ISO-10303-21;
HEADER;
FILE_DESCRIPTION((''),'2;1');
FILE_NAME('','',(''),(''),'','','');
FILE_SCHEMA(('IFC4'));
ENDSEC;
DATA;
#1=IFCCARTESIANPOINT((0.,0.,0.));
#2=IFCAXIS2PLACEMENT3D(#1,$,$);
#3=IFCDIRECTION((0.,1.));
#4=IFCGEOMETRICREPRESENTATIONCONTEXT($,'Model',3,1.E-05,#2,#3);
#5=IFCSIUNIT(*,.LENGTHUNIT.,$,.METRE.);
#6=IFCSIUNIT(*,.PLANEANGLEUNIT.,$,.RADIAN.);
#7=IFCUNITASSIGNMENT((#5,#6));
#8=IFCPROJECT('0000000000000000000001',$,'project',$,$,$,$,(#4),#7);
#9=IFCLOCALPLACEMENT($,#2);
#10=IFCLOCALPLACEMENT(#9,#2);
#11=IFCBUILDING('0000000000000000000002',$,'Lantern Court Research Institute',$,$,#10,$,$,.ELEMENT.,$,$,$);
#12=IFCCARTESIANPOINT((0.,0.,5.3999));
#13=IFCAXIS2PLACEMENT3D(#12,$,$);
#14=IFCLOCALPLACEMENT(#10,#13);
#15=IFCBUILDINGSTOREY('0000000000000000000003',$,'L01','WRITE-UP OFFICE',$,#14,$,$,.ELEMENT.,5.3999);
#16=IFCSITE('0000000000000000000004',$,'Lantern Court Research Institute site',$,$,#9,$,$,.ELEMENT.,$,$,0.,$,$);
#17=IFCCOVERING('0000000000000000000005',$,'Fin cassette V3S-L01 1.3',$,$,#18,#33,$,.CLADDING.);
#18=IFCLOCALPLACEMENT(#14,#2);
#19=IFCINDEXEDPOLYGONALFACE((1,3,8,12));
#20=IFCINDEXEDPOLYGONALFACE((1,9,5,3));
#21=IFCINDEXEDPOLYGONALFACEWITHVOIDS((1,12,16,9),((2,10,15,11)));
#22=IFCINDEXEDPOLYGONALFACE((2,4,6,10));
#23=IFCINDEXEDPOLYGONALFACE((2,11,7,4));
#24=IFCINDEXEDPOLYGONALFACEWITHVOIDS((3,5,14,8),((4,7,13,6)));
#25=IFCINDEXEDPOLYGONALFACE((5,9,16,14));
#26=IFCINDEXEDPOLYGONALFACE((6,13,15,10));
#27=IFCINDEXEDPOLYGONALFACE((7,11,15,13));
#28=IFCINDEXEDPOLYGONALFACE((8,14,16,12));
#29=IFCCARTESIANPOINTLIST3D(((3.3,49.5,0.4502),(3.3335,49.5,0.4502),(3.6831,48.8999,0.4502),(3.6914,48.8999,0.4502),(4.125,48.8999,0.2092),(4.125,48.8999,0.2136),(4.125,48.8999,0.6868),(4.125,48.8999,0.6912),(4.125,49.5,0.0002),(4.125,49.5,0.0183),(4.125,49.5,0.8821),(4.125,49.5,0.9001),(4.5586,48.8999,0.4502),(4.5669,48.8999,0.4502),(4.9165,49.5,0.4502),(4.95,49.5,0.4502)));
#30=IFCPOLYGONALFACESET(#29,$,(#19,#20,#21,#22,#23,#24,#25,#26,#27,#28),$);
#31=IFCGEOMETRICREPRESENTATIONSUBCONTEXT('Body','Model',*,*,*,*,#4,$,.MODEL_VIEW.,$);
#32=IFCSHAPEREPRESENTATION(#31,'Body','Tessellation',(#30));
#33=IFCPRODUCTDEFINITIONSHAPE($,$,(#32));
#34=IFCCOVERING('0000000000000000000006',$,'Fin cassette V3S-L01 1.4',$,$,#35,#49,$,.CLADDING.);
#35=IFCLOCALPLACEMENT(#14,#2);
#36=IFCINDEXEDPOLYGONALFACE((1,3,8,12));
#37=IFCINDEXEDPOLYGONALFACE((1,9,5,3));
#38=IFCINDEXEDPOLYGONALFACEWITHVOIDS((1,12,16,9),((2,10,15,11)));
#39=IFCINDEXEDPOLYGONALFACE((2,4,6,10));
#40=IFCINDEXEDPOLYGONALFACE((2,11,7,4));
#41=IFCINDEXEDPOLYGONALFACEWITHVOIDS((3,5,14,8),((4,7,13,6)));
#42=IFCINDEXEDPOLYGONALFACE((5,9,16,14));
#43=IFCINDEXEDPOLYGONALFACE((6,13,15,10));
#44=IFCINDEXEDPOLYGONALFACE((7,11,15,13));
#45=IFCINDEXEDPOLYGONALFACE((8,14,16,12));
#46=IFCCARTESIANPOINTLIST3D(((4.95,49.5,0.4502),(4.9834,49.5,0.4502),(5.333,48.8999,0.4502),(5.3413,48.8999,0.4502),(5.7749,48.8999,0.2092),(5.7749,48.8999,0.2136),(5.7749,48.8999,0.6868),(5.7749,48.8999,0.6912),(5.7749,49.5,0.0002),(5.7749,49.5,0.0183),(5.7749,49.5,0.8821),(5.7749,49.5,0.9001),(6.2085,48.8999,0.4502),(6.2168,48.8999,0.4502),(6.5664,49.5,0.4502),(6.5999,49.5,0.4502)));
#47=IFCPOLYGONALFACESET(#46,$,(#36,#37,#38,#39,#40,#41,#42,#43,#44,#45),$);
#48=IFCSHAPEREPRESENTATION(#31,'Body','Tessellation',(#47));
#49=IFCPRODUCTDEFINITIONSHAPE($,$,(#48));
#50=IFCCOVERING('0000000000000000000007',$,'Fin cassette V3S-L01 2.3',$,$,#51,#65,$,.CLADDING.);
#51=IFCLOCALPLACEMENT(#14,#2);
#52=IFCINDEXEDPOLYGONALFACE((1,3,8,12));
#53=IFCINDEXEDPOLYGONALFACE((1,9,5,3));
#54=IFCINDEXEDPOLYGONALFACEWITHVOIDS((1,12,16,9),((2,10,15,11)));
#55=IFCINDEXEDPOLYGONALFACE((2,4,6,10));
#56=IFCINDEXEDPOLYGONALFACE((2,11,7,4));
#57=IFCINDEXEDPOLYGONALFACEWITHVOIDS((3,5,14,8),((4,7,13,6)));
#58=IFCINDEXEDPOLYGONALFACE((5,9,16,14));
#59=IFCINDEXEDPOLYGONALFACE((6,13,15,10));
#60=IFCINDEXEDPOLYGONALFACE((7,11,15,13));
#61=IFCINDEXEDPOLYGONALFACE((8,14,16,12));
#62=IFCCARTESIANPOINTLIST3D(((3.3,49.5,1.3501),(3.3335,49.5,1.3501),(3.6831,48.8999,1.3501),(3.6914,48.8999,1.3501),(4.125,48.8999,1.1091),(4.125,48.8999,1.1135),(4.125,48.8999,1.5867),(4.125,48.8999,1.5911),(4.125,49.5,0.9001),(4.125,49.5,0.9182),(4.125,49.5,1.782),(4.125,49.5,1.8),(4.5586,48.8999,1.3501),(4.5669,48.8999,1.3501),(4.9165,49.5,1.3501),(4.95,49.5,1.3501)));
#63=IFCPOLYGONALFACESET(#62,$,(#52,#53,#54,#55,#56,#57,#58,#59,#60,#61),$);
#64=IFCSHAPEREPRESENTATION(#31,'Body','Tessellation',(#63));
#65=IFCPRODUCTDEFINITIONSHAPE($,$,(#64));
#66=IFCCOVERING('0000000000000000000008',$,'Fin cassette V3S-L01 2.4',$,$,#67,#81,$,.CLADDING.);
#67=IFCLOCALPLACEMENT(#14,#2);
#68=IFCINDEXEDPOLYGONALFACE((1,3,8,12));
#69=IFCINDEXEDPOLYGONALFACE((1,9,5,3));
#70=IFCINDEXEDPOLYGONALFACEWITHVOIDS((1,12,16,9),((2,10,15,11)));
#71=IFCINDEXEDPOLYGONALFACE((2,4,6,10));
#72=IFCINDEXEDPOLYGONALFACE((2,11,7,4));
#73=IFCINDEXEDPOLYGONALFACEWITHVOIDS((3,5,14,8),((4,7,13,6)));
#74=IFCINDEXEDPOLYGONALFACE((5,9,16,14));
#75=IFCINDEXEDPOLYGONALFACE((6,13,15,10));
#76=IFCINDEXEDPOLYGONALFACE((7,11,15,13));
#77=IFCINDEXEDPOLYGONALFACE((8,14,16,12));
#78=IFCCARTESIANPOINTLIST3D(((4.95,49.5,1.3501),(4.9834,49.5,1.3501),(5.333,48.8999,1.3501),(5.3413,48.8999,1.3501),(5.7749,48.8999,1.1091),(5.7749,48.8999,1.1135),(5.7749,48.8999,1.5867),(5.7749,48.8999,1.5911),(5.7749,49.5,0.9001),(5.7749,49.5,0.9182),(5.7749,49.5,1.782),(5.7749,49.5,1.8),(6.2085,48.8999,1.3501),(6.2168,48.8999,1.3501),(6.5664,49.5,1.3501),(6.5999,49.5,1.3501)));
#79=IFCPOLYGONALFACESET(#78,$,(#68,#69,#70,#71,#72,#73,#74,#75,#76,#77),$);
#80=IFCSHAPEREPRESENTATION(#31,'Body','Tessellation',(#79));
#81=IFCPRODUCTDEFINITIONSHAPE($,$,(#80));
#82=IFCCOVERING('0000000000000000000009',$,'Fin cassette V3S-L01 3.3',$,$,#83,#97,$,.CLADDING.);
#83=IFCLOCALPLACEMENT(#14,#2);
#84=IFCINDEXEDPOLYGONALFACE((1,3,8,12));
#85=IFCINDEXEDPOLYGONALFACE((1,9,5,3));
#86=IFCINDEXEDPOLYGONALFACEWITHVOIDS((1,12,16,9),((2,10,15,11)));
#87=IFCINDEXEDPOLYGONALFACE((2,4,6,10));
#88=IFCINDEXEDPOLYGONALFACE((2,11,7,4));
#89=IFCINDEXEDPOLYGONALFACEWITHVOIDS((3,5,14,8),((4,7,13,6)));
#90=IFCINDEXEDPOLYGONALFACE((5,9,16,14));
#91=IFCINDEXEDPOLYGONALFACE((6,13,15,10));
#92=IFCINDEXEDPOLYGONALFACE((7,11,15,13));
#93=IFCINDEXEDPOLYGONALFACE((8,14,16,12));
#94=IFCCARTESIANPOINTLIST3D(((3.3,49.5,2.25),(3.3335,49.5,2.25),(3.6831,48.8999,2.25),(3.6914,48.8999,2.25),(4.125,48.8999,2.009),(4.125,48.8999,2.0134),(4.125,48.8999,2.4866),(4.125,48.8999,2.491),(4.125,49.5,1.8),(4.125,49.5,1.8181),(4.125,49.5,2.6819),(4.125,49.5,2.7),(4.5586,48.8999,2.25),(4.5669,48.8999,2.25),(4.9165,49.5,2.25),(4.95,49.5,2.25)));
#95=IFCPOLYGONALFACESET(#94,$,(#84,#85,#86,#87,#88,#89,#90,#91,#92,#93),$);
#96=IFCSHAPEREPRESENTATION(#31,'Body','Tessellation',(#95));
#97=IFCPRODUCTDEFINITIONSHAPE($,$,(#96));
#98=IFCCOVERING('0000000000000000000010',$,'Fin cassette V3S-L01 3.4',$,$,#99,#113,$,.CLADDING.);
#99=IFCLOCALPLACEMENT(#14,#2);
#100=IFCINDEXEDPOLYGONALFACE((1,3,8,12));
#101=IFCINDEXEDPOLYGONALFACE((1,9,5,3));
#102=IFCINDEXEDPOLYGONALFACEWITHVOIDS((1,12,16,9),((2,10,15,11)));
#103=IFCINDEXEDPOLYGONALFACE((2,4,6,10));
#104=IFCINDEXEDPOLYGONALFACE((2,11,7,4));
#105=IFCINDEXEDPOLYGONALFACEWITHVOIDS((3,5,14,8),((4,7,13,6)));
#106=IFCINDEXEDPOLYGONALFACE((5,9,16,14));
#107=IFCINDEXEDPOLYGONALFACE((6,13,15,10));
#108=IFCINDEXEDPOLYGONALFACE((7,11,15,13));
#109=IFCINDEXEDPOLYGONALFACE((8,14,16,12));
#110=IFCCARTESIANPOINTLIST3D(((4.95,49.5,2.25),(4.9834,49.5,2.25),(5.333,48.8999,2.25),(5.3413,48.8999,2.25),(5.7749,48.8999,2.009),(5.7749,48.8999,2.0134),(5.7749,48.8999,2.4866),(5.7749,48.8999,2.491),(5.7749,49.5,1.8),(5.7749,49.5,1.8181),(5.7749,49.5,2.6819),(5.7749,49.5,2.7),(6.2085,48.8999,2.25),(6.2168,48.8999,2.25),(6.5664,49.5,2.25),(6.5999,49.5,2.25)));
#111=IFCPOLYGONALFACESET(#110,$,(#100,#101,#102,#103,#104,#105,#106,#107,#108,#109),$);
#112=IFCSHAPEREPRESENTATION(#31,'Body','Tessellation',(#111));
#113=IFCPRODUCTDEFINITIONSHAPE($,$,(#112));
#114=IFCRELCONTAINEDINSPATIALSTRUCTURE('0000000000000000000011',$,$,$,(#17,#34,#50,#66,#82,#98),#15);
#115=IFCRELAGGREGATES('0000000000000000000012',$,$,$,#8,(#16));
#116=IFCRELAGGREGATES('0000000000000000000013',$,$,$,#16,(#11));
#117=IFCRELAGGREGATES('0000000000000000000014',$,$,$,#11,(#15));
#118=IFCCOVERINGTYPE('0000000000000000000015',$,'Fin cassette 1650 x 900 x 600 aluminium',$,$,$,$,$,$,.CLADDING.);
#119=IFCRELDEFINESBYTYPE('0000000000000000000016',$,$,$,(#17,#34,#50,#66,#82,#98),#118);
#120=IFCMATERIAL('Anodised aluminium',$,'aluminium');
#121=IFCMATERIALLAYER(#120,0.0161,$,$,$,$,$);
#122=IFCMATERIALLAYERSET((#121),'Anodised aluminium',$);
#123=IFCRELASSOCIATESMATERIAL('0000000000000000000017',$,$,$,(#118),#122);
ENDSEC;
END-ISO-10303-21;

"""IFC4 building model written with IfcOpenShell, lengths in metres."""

from ifc_helpers import new_model, entity, si_unit, direction, frame, origin, place, context, subcontext, project, spatial, material, layer, layer_set, type_object, element, save


model = new_model("IFC4")

# Units and contexts
model_context = context("Model", 3, precision=1e-05, world=origin(), true_north=direction((0.0, 1.0)))
body_context = subcontext(model_context, "Body", "Model", "MODEL_VIEW")
ifc_project = project(units=[si_unit("LENGTHUNIT", "METRE"), si_unit("PLANEANGLEUNIT", "RADIAN")], contexts=[model_context])

# Site, building, storey
site_placement = place(None, origin())
site = spatial("IfcSite", under=ifc_project, at=site_placement, Name="Lantern Court Research Institute site", CompositionType="ELEMENT", RefElevation=0.0)
building_placement = place(site_placement, origin())
building = spatial("IfcBuilding", under=site, at=building_placement, Name="Lantern Court Research Institute", CompositionType="ELEMENT")
storey_placement = place(building_placement, frame((0.0, 0.0, 5.3999)))
storey = spatial("IfcBuildingStorey", under=building, at=storey_placement, Name="L01", Description="WRITE-UP OFFICE", CompositionType="ELEMENT", Elevation=5.3999)

# Coverings
ifc_material_1 = material(Name="Anodised aluminium", Category="aluminium")
ifc_layer_1 = layer(ifc_material_1, 0.0161)
ifc_layer_set_1 = layer_set([ifc_layer_1], Name="Anodised aluminium")
covering_type = type_object("IfcCoveringType", Name="Fin cassette 1650 x 900 x 600 aluminium", PredefinedType="CLADDING", material=ifc_layer_set_1)
covering_1_placement = place(storey_placement, frame((4.125, 49.5, 0.4502), z_axis=(0.0, -1.0, 0.0), x_axis=(1.0, 0.0, 0.0)))
cartesian_point_1 = entity("IfcCartesianPoint", [0.825, 0.0])
cartesian_point_2 = entity("IfcCartesianPoint", [0.7915, 0.0])
cartesian_point_3 = entity("IfcCartesianPoint", [0.4419, 0.0])
cartesian_point_4 = entity("IfcCartesianPoint", [0.4336, 0.0])
element("IfcCovering", 1, at=covering_1_placement, inside=storey, type_object=covering_type, Name="Fin cassette V3S-L01 1.3", PredefinedType="CLADDING", context=body_context, shape_type="SweptSolid", body=[
    entity("IfcExtrudedAreaSolidTapered", entity("IfcArbitraryProfileDefWithVoids", "AREA", None, entity("IfcPolyline", [cartesian_point_1, entity("IfcCartesianPoint", [0.0, 0.45]), entity("IfcCartesianPoint", [-0.825, 0.0]), entity("IfcCartesianPoint", [0.0, -0.45]), cartesian_point_1]), [entity("IfcPolyline", [cartesian_point_2, entity("IfcCartesianPoint", [0.0, 0.4319]), entity("IfcCartesianPoint", [-0.7915, 0.0]), entity("IfcCartesianPoint", [0.0, -0.4319]), cartesian_point_2])]), entity("IfcAxis2Placement3D", entity("IfcCartesianPoint", [0.0, 0.0, 0.0])), entity("IfcDirection", [0.0, 0.0, 1.0]), 0.6001, entity("IfcArbitraryProfileDefWithVoids", "AREA", None, entity("IfcPolyline", [cartesian_point_3, entity("IfcCartesianPoint", [0.0, 0.241]), entity("IfcCartesianPoint", [-0.4419, 0.0]), entity("IfcCartesianPoint", [0.0, -0.241]), cartesian_point_3]), [entity("IfcPolyline", [cartesian_point_4, entity("IfcCartesianPoint", [0.0, 0.2366]), entity("IfcCartesianPoint", [-0.4336, 0.0]), entity("IfcCartesianPoint", [0.0, -0.2366]), cartesian_point_4])])),
])
covering_2_placement = place(storey_placement, frame((5.7749, 49.5, 0.4502), z_axis=(0.0, -1.0, 0.0), x_axis=(1.0, 0.0, 0.0)))
cartesian_point_5 = entity("IfcCartesianPoint", [0.825, 0.0])
cartesian_point_6 = entity("IfcCartesianPoint", [0.7915, 0.0])
cartesian_point_7 = entity("IfcCartesianPoint", [0.4419, 0.0])
cartesian_point_8 = entity("IfcCartesianPoint", [0.4336, 0.0])
element("IfcCovering", 2, at=covering_2_placement, inside=storey, type_object=covering_type, Name="Fin cassette V3S-L01 1.4", PredefinedType="CLADDING", context=body_context, shape_type="SweptSolid", body=[
    entity("IfcExtrudedAreaSolidTapered", entity("IfcArbitraryProfileDefWithVoids", "AREA", None, entity("IfcPolyline", [cartesian_point_5, entity("IfcCartesianPoint", [0.0, 0.45]), entity("IfcCartesianPoint", [-0.825, 0.0]), entity("IfcCartesianPoint", [0.0, -0.45]), cartesian_point_5]), [entity("IfcPolyline", [cartesian_point_6, entity("IfcCartesianPoint", [0.0, 0.4319]), entity("IfcCartesianPoint", [-0.7915, 0.0]), entity("IfcCartesianPoint", [0.0, -0.4319]), cartesian_point_6])]), entity("IfcAxis2Placement3D", entity("IfcCartesianPoint", [0.0, 0.0, 0.0])), entity("IfcDirection", [0.0, 0.0, 1.0]), 0.6001, entity("IfcArbitraryProfileDefWithVoids", "AREA", None, entity("IfcPolyline", [cartesian_point_7, entity("IfcCartesianPoint", [0.0, 0.241]), entity("IfcCartesianPoint", [-0.4419, 0.0]), entity("IfcCartesianPoint", [0.0, -0.241]), cartesian_point_7]), [entity("IfcPolyline", [cartesian_point_8, entity("IfcCartesianPoint", [0.0, 0.2366]), entity("IfcCartesianPoint", [-0.4336, 0.0]), entity("IfcCartesianPoint", [0.0, -0.2366]), cartesian_point_8])])),
])
covering_3_placement = place(storey_placement, frame((4.125, 49.5, 1.3501), z_axis=(0.0, -1.0, 0.0), x_axis=(1.0, 0.0, 0.0)))
cartesian_point_9 = entity("IfcCartesianPoint", [0.825, 0.0])
cartesian_point_10 = entity("IfcCartesianPoint", [0.7915, 0.0])
cartesian_point_11 = entity("IfcCartesianPoint", [0.4419, 0.0])
cartesian_point_12 = entity("IfcCartesianPoint", [0.4336, 0.0])
element("IfcCovering", 3, at=covering_3_placement, inside=storey, type_object=covering_type, Name="Fin cassette V3S-L01 2.3", PredefinedType="CLADDING", context=body_context, shape_type="SweptSolid", body=[
    entity("IfcExtrudedAreaSolidTapered", entity("IfcArbitraryProfileDefWithVoids", "AREA", None, entity("IfcPolyline", [cartesian_point_9, entity("IfcCartesianPoint", [0.0, 0.45]), entity("IfcCartesianPoint", [-0.825, 0.0]), entity("IfcCartesianPoint", [0.0, -0.45]), cartesian_point_9]), [entity("IfcPolyline", [cartesian_point_10, entity("IfcCartesianPoint", [0.0, 0.4319]), entity("IfcCartesianPoint", [-0.7915, 0.0]), entity("IfcCartesianPoint", [0.0, -0.4319]), cartesian_point_10])]), entity("IfcAxis2Placement3D", entity("IfcCartesianPoint", [0.0, 0.0, 0.0])), entity("IfcDirection", [0.0, 0.0, 1.0]), 0.6001, entity("IfcArbitraryProfileDefWithVoids", "AREA", None, entity("IfcPolyline", [cartesian_point_11, entity("IfcCartesianPoint", [0.0, 0.241]), entity("IfcCartesianPoint", [-0.4419, 0.0]), entity("IfcCartesianPoint", [0.0, -0.241]), cartesian_point_11]), [entity("IfcPolyline", [cartesian_point_12, entity("IfcCartesianPoint", [0.0, 0.2366]), entity("IfcCartesianPoint", [-0.4336, 0.0]), entity("IfcCartesianPoint", [0.0, -0.2366]), cartesian_point_12])])),
])
covering_4_placement = place(storey_placement, frame((5.7749, 49.5, 1.3501), z_axis=(0.0, -1.0, 0.0), x_axis=(1.0, 0.0, 0.0)))
cartesian_point_13 = entity("IfcCartesianPoint", [0.825, 0.0])
cartesian_point_14 = entity("IfcCartesianPoint", [0.7915, 0.0])
cartesian_point_15 = entity("IfcCartesianPoint", [0.4419, 0.0])
cartesian_point_16 = entity("IfcCartesianPoint", [0.4336, 0.0])
element("IfcCovering", 4, at=covering_4_placement, inside=storey, type_object=covering_type, Name="Fin cassette V3S-L01 2.4", PredefinedType="CLADDING", context=body_context, shape_type="SweptSolid", body=[
    entity("IfcExtrudedAreaSolidTapered", entity("IfcArbitraryProfileDefWithVoids", "AREA", None, entity("IfcPolyline", [cartesian_point_13, entity("IfcCartesianPoint", [0.0, 0.45]), entity("IfcCartesianPoint", [-0.825, 0.0]), entity("IfcCartesianPoint", [0.0, -0.45]), cartesian_point_13]), [entity("IfcPolyline", [cartesian_point_14, entity("IfcCartesianPoint", [0.0, 0.4319]), entity("IfcCartesianPoint", [-0.7915, 0.0]), entity("IfcCartesianPoint", [0.0, -0.4319]), cartesian_point_14])]), entity("IfcAxis2Placement3D", entity("IfcCartesianPoint", [0.0, 0.0, 0.0])), entity("IfcDirection", [0.0, 0.0, 1.0]), 0.6001, entity("IfcArbitraryProfileDefWithVoids", "AREA", None, entity("IfcPolyline", [cartesian_point_15, entity("IfcCartesianPoint", [0.0, 0.241]), entity("IfcCartesianPoint", [-0.4419, 0.0]), entity("IfcCartesianPoint", [0.0, -0.241]), cartesian_point_15]), [entity("IfcPolyline", [cartesian_point_16, entity("IfcCartesianPoint", [0.0, 0.2366]), entity("IfcCartesianPoint", [-0.4336, 0.0]), entity("IfcCartesianPoint", [0.0, -0.2366]), cartesian_point_16])])),
])
covering_5_placement = place(storey_placement, frame((4.125, 49.5, 2.25), z_axis=(0.0, -1.0, 0.0), x_axis=(1.0, 0.0, 0.0)))
cartesian_point_17 = entity("IfcCartesianPoint", [0.825, 0.0])
cartesian_point_18 = entity("IfcCartesianPoint", [0.7915, 0.0])
cartesian_point_19 = entity("IfcCartesianPoint", [0.4419, 0.0])
cartesian_point_20 = entity("IfcCartesianPoint", [0.4336, 0.0])
element("IfcCovering", 5, at=covering_5_placement, inside=storey, type_object=covering_type, Name="Fin cassette V3S-L01 3.3", PredefinedType="CLADDING", context=body_context, shape_type="SweptSolid", body=[
    entity("IfcExtrudedAreaSolidTapered", entity("IfcArbitraryProfileDefWithVoids", "AREA", None, entity("IfcPolyline", [cartesian_point_17, entity("IfcCartesianPoint", [0.0, 0.45]), entity("IfcCartesianPoint", [-0.825, 0.0]), entity("IfcCartesianPoint", [0.0, -0.45]), cartesian_point_17]), [entity("IfcPolyline", [cartesian_point_18, entity("IfcCartesianPoint", [0.0, 0.4319]), entity("IfcCartesianPoint", [-0.7915, 0.0]), entity("IfcCartesianPoint", [0.0, -0.4319]), cartesian_point_18])]), entity("IfcAxis2Placement3D", entity("IfcCartesianPoint", [0.0, 0.0, 0.0])), entity("IfcDirection", [0.0, 0.0, 1.0]), 0.6001, entity("IfcArbitraryProfileDefWithVoids", "AREA", None, entity("IfcPolyline", [cartesian_point_19, entity("IfcCartesianPoint", [0.0, 0.241]), entity("IfcCartesianPoint", [-0.4419, 0.0]), entity("IfcCartesianPoint", [0.0, -0.241]), cartesian_point_19]), [entity("IfcPolyline", [cartesian_point_20, entity("IfcCartesianPoint", [0.0, 0.2366]), entity("IfcCartesianPoint", [-0.4336, 0.0]), entity("IfcCartesianPoint", [0.0, -0.2366]), cartesian_point_20])])),
])
covering_6_placement = place(storey_placement, frame((5.7749, 49.5, 2.25), z_axis=(0.0, -1.0, 0.0), x_axis=(1.0, 0.0, 0.0)))
cartesian_point_21 = entity("IfcCartesianPoint", [0.825, 0.0])
cartesian_point_22 = entity("IfcCartesianPoint", [0.7915, 0.0])
cartesian_point_23 = entity("IfcCartesianPoint", [0.4419, 0.0])
cartesian_point_24 = entity("IfcCartesianPoint", [0.4336, 0.0])
element("IfcCovering", 6, at=covering_6_placement, inside=storey, type_object=covering_type, Name="Fin cassette V3S-L01 3.4", PredefinedType="CLADDING", context=body_context, shape_type="SweptSolid", body=[
    entity("IfcExtrudedAreaSolidTapered", entity("IfcArbitraryProfileDefWithVoids", "AREA", None, entity("IfcPolyline", [cartesian_point_21, entity("IfcCartesianPoint", [0.0, 0.45]), entity("IfcCartesianPoint", [-0.825, 0.0]), entity("IfcCartesianPoint", [0.0, -0.45]), cartesian_point_21]), [entity("IfcPolyline", [cartesian_point_22, entity("IfcCartesianPoint", [0.0, 0.4319]), entity("IfcCartesianPoint", [-0.7915, 0.0]), entity("IfcCartesianPoint", [0.0, -0.4319]), cartesian_point_22])]), entity("IfcAxis2Placement3D", entity("IfcCartesianPoint", [0.0, 0.0, 0.0])), entity("IfcDirection", [0.0, 0.0, 1.0]), 0.6001, entity("IfcArbitraryProfileDefWithVoids", "AREA", None, entity("IfcPolyline", [cartesian_point_23, entity("IfcCartesianPoint", [0.0, 0.241]), entity("IfcCartesianPoint", [-0.4419, 0.0]), entity("IfcCartesianPoint", [0.0, -0.241]), cartesian_point_23]), [entity("IfcPolyline", [cartesian_point_24, entity("IfcCartesianPoint", [0.0, 0.2366]), entity("IfcCartesianPoint", [-0.4336, 0.0]), entity("IfcCartesianPoint", [0.0, -0.2366]), cartesian_point_24])])),
])

save(model, "model.ifc")
